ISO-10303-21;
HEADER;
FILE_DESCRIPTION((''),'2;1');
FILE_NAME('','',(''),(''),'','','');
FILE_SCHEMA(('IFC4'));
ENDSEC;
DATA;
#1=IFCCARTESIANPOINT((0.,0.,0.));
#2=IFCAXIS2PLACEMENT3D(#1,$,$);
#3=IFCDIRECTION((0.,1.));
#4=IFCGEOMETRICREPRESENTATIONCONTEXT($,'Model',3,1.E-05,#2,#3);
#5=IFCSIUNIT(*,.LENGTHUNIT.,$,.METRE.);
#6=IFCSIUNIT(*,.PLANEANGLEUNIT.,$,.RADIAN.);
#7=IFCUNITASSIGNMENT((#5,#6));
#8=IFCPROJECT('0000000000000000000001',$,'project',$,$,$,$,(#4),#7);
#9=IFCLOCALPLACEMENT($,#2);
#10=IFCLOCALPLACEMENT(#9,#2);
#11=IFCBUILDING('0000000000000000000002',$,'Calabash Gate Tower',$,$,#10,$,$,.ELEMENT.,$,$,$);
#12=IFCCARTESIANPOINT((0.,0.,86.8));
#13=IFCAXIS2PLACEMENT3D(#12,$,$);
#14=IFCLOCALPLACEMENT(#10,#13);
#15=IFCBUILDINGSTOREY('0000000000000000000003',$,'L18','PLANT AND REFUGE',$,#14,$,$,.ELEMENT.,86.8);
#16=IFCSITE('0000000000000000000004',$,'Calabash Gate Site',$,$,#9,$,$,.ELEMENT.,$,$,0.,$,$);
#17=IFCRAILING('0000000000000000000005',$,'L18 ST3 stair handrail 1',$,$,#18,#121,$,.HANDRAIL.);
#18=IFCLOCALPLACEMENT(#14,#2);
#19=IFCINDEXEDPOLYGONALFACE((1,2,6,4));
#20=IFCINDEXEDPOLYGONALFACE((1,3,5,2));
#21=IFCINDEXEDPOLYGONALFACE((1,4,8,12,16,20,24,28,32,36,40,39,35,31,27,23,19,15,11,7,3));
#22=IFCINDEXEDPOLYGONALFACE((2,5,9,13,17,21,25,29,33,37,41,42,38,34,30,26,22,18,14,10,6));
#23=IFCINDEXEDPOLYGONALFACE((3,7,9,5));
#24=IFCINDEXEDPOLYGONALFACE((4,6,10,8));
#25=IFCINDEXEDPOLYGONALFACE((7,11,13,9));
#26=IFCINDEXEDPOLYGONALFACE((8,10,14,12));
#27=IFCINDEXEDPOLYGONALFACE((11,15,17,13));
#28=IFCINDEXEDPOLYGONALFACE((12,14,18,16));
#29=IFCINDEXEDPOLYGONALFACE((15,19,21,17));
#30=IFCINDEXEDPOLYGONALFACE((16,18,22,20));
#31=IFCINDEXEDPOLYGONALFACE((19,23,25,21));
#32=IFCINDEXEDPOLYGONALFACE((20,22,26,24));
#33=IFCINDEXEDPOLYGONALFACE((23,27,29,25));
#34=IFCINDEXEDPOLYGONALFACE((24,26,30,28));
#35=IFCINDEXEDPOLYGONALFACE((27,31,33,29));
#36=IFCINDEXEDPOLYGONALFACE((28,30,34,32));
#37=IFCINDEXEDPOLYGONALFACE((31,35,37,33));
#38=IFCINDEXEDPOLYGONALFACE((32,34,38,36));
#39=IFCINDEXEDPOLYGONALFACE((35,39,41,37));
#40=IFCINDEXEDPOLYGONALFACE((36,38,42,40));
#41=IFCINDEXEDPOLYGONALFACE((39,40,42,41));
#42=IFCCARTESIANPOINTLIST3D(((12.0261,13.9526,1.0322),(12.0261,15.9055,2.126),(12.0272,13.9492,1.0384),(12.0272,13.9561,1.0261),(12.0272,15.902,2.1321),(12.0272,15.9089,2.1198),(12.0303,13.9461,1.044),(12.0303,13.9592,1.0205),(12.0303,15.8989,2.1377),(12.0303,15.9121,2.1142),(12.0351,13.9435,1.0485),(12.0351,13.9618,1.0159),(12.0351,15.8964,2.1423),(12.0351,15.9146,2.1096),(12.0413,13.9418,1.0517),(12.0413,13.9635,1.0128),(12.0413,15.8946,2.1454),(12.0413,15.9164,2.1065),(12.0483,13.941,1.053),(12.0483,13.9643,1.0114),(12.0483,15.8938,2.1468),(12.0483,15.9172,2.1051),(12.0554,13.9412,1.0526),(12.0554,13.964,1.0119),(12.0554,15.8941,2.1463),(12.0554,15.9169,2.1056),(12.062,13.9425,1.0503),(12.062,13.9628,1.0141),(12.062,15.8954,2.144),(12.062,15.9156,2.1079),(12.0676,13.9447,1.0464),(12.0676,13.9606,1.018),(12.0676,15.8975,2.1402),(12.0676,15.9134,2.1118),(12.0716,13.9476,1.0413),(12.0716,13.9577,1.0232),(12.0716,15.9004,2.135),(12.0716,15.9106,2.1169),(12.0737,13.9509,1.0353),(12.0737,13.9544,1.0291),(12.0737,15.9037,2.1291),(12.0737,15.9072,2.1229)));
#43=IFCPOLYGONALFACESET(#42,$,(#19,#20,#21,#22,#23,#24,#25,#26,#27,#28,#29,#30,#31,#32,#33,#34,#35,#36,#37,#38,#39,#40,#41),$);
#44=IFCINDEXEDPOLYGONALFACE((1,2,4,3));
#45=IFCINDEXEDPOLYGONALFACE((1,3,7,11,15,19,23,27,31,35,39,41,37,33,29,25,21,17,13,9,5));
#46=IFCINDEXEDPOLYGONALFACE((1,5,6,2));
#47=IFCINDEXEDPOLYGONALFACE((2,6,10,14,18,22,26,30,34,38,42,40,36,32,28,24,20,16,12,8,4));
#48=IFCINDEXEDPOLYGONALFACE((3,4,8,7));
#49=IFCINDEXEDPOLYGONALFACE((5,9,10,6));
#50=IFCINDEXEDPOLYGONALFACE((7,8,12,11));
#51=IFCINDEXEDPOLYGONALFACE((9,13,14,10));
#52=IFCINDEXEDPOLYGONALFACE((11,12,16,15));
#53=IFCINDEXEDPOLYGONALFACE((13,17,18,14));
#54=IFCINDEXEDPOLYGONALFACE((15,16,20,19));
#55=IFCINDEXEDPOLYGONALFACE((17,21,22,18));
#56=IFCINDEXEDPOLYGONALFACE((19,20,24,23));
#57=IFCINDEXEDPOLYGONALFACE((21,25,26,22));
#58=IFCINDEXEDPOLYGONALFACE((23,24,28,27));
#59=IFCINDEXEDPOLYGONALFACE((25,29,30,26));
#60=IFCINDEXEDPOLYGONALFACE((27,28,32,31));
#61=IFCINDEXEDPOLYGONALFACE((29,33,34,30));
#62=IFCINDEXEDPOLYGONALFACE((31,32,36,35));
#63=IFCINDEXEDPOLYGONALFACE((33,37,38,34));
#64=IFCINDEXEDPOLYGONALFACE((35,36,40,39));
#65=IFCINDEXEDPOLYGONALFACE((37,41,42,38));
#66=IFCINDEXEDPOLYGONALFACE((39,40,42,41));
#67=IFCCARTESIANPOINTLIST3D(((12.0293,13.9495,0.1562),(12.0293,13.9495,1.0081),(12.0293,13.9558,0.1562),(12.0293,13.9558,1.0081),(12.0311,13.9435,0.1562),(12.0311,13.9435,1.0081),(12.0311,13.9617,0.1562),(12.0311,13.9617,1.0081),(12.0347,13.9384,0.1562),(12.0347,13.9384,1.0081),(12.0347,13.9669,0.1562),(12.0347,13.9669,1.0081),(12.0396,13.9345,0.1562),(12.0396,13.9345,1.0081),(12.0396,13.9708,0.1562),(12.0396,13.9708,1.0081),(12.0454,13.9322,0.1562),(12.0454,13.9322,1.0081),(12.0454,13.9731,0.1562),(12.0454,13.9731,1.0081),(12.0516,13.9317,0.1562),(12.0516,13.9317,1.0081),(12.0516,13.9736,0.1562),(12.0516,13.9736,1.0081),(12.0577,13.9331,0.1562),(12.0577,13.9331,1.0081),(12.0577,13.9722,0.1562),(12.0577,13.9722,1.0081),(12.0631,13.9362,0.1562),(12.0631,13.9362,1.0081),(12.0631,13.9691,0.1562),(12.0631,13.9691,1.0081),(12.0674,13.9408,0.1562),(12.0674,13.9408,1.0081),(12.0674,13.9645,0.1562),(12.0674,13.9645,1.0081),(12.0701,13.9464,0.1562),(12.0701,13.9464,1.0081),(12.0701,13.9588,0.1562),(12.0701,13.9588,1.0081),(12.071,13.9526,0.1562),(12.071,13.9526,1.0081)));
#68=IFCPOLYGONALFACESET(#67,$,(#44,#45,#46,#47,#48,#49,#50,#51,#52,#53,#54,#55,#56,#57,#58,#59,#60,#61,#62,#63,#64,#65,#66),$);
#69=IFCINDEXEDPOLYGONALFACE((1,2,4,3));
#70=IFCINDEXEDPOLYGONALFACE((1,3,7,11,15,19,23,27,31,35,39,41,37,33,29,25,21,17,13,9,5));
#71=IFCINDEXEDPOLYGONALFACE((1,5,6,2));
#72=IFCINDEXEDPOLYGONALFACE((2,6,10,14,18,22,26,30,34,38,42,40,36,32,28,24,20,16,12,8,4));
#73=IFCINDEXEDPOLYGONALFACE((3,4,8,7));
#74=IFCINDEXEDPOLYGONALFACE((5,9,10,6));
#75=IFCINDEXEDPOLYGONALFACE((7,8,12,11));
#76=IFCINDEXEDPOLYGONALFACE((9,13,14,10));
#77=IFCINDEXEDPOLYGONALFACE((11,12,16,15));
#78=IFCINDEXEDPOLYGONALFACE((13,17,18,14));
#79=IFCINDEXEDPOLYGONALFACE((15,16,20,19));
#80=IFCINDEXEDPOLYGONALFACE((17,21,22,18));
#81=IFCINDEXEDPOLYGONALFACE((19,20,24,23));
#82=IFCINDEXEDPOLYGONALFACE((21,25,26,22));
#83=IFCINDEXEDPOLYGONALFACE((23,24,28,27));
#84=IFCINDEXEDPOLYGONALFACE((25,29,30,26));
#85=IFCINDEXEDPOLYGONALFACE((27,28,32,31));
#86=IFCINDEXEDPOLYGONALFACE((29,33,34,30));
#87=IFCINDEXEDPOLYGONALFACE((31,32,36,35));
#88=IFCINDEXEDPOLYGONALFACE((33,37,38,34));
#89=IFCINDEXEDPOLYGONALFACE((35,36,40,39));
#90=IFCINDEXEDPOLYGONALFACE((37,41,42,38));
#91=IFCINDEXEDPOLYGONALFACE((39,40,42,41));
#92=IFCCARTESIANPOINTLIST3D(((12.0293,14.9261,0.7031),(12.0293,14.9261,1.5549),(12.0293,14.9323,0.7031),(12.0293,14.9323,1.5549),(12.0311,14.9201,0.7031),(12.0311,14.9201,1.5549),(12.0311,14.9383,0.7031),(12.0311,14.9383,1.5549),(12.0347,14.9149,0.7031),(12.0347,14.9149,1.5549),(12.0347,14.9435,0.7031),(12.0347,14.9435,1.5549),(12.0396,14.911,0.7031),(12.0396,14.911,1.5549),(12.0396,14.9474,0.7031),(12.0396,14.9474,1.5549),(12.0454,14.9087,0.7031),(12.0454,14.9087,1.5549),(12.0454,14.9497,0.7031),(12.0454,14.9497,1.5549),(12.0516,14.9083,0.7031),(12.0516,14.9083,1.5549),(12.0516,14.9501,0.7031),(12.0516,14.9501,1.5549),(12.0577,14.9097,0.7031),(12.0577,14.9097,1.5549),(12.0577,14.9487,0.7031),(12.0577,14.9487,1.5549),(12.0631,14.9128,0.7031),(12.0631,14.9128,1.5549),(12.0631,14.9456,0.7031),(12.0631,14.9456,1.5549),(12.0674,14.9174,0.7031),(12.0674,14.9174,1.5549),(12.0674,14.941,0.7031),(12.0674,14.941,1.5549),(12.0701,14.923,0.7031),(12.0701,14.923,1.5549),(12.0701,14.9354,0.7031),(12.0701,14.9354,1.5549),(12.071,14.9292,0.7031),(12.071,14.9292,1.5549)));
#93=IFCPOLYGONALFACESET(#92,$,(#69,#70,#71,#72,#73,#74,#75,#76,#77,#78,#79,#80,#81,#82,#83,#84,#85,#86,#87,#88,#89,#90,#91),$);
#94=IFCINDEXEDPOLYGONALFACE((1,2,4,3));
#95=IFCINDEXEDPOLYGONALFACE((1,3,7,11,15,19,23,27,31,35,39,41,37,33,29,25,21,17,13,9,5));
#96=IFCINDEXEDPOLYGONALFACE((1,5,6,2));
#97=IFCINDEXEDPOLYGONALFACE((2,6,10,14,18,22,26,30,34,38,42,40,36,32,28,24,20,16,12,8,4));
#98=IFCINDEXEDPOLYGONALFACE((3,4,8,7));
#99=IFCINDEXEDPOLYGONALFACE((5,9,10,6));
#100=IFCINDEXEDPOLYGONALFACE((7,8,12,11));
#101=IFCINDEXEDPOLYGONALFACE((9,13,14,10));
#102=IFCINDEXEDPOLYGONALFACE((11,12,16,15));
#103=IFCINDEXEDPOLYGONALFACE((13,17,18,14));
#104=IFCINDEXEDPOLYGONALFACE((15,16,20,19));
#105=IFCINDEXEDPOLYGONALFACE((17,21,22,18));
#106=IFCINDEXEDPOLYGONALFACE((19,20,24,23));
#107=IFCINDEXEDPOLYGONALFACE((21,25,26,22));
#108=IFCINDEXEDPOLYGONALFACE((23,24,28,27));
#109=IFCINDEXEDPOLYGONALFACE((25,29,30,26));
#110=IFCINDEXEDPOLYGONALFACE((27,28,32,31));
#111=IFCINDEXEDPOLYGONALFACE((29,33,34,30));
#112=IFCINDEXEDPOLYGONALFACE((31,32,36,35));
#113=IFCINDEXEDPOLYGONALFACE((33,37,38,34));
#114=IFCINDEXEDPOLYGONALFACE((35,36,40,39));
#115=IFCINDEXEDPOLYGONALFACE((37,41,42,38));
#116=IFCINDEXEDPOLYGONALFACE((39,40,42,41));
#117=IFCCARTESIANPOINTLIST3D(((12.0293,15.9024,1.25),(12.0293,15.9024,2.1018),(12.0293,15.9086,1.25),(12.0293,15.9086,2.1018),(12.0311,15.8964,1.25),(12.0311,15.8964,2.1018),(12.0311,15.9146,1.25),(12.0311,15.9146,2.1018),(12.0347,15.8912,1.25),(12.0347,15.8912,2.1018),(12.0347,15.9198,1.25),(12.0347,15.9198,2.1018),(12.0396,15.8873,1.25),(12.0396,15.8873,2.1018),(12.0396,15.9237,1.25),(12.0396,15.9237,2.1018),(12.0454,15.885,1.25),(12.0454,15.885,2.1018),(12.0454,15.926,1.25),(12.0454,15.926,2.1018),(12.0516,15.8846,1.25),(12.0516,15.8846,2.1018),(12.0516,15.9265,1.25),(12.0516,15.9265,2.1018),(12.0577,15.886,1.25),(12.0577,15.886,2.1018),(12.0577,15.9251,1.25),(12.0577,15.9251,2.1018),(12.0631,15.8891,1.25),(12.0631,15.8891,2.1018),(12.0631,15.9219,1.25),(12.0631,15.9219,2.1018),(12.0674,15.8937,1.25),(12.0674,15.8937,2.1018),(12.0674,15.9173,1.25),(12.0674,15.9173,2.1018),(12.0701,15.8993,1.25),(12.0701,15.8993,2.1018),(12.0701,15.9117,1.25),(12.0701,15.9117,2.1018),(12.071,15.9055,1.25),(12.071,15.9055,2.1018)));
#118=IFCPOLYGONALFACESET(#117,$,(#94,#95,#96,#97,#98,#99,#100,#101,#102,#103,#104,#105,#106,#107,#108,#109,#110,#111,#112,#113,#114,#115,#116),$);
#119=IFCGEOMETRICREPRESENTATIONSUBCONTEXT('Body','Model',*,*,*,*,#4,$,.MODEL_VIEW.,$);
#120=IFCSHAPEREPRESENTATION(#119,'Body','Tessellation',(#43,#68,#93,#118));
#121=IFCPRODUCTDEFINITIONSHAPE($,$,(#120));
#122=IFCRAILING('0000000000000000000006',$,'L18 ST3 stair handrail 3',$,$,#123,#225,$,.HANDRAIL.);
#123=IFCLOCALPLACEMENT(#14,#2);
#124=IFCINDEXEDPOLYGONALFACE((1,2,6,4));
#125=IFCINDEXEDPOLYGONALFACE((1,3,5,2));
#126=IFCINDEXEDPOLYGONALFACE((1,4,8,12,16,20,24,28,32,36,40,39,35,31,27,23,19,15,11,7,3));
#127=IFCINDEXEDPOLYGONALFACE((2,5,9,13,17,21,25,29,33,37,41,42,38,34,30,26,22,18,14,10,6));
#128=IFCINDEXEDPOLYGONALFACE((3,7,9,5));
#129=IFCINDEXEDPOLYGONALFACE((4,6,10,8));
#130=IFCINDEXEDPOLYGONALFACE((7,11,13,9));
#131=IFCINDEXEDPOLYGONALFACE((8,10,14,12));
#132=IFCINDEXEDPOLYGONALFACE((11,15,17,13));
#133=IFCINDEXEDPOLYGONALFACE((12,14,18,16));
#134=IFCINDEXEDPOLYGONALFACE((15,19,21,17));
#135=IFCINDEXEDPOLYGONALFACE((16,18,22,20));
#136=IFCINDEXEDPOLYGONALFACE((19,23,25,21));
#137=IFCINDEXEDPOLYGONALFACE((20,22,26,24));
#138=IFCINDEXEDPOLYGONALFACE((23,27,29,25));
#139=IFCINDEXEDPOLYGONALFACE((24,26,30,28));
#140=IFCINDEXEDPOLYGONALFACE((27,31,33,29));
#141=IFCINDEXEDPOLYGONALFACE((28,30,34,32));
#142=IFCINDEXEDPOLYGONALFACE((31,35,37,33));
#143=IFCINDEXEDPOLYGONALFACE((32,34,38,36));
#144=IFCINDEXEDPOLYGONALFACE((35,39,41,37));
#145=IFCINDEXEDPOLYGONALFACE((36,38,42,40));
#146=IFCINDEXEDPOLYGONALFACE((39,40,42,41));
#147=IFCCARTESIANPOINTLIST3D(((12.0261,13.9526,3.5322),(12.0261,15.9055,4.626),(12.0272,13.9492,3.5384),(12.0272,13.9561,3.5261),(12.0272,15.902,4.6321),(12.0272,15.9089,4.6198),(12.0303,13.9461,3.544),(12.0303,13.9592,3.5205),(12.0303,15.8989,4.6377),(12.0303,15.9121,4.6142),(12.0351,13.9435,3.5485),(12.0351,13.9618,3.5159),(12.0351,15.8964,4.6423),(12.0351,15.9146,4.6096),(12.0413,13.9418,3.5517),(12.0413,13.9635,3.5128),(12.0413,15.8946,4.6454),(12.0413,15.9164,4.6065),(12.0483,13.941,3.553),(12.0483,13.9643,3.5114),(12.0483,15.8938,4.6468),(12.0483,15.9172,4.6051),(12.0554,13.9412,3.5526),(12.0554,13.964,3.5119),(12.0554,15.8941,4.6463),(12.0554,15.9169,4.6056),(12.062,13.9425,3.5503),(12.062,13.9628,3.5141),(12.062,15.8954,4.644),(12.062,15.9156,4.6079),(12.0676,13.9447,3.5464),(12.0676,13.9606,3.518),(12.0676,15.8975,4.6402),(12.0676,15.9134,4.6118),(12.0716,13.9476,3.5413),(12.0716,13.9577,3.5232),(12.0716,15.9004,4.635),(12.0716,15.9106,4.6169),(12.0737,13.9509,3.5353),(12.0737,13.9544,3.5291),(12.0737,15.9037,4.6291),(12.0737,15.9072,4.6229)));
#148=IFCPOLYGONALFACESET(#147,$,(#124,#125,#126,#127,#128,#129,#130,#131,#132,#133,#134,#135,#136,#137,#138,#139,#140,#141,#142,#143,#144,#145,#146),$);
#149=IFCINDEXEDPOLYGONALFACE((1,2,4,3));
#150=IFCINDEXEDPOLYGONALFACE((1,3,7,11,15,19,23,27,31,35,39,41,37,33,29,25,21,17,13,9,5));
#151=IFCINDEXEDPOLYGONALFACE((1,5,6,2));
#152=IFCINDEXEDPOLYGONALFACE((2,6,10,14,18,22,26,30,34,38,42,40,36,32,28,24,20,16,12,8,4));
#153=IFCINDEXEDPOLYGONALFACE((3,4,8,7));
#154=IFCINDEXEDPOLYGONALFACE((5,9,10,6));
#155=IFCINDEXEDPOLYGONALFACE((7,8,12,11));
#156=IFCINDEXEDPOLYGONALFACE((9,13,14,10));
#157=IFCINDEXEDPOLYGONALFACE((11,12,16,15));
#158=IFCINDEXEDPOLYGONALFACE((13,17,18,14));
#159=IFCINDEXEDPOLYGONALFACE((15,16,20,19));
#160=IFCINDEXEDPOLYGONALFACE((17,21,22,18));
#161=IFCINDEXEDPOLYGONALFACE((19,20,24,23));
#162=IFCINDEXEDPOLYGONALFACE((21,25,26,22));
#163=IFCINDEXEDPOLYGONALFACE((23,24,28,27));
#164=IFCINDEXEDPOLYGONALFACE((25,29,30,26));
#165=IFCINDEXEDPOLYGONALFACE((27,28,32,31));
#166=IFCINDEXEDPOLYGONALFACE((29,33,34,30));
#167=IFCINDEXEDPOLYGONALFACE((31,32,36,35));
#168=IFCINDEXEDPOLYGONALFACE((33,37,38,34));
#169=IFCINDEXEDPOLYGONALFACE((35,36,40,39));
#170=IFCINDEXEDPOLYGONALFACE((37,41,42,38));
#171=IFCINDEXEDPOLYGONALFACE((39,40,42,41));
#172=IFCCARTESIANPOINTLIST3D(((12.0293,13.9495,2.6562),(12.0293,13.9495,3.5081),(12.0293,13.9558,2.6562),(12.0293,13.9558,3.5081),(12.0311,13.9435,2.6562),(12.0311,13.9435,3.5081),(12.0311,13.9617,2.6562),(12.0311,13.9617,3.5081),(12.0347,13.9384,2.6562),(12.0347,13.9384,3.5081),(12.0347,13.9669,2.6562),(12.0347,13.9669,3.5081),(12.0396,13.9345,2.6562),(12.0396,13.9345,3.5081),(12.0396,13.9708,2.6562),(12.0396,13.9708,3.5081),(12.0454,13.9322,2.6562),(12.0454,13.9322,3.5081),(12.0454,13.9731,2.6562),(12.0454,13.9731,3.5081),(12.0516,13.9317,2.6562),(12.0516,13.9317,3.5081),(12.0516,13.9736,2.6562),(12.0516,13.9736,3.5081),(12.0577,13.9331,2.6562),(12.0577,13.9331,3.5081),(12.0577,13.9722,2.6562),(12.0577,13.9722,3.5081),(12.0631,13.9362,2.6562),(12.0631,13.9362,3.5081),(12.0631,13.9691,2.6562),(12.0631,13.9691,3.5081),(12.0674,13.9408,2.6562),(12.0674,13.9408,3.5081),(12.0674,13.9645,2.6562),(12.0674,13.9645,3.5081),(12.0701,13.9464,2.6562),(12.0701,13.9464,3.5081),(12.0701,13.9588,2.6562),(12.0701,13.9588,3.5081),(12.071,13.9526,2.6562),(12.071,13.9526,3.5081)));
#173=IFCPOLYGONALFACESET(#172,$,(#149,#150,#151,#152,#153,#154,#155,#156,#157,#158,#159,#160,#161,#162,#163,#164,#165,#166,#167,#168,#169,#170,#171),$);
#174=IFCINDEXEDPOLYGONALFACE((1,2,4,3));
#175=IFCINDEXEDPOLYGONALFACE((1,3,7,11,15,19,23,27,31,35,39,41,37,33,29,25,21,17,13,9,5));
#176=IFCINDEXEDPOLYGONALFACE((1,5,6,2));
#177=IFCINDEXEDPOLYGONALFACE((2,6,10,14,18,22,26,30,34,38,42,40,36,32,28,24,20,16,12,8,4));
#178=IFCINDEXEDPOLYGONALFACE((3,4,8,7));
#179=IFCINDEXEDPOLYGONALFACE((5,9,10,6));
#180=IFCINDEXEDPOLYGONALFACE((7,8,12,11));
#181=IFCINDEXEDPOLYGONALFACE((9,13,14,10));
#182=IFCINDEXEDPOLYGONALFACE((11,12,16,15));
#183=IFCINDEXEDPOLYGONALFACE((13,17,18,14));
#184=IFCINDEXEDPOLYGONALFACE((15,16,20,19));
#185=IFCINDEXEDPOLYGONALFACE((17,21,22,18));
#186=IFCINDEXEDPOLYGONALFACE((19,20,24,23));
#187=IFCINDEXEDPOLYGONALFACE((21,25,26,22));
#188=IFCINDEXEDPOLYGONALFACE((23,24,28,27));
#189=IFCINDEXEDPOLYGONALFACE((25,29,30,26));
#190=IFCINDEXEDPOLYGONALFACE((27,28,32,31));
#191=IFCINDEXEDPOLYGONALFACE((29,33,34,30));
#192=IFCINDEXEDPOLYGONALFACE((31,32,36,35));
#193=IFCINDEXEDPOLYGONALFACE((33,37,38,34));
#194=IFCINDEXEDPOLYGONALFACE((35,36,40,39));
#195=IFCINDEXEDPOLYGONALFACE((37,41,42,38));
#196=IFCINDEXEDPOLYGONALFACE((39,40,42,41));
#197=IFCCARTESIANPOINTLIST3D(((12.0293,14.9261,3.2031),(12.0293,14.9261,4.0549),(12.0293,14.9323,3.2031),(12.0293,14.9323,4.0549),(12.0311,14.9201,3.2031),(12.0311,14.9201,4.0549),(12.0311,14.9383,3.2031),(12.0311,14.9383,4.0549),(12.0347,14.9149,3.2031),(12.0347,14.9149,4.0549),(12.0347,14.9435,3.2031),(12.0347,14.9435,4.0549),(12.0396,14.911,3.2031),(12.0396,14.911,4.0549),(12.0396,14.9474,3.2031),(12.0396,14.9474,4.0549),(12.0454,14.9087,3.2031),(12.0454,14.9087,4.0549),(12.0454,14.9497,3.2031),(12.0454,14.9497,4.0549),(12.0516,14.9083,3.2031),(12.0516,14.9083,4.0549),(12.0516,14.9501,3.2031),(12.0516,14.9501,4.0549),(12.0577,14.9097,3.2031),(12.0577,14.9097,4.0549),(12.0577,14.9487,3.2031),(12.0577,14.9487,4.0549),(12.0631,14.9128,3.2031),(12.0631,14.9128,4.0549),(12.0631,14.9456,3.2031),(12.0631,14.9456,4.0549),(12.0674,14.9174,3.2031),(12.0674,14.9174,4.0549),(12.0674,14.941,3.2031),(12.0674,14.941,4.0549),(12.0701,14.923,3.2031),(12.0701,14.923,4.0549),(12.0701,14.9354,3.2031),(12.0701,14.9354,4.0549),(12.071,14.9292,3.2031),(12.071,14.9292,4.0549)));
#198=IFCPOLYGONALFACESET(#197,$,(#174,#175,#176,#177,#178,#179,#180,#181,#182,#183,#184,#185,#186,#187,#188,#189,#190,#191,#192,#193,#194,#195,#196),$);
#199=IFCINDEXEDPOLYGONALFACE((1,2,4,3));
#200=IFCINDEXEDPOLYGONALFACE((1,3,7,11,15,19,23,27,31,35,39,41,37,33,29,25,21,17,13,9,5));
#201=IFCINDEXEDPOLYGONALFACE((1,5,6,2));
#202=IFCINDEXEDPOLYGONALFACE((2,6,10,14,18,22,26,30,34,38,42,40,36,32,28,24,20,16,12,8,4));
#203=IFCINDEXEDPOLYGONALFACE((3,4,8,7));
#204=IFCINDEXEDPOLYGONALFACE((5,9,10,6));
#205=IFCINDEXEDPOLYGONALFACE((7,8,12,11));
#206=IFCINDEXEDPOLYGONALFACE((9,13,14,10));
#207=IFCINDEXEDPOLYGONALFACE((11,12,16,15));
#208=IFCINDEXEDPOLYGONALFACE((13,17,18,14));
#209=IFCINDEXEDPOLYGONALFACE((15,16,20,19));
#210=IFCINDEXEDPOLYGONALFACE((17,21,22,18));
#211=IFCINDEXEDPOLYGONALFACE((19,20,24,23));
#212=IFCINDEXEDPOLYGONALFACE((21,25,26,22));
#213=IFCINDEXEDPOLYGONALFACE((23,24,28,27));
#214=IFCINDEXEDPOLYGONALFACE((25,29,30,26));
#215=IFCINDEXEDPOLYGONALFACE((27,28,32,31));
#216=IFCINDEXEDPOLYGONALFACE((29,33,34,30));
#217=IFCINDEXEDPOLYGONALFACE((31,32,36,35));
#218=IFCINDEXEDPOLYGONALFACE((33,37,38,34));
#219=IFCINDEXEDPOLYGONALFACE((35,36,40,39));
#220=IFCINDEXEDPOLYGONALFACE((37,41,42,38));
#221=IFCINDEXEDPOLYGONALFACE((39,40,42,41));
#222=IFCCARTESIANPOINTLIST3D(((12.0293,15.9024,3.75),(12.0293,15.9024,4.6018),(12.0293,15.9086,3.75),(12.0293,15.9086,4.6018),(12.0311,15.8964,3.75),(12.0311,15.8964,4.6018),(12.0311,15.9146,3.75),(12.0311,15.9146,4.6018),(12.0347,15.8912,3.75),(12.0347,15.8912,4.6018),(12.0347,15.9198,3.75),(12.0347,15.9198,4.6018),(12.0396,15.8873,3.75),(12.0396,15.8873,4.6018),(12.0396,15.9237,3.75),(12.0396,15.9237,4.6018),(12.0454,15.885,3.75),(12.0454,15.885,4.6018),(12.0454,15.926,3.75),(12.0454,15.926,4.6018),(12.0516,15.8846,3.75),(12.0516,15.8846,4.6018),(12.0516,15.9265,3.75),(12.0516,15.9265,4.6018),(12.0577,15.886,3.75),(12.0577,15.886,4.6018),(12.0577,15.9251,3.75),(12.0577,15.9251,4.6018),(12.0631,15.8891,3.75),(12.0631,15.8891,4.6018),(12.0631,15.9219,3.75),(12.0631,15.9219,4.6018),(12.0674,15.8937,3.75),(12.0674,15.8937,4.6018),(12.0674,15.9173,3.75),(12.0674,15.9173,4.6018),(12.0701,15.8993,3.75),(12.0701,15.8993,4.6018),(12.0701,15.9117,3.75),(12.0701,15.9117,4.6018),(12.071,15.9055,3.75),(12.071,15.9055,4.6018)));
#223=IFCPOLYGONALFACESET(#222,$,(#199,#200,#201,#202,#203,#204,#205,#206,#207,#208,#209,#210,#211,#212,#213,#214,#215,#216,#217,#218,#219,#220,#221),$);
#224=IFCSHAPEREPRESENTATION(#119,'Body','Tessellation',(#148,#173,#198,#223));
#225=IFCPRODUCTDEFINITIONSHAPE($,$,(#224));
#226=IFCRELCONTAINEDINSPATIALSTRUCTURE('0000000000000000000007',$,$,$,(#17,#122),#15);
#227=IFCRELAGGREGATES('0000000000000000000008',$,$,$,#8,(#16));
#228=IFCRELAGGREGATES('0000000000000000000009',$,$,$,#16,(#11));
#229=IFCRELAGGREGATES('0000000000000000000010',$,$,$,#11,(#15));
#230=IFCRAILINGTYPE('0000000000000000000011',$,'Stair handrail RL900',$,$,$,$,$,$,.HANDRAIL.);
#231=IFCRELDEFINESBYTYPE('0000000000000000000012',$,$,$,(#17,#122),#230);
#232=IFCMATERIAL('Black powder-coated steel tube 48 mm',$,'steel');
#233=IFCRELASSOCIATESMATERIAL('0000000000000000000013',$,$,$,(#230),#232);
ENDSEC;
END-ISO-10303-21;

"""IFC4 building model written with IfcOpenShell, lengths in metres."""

from ifc_helpers import new_model, si_unit, direction, frame, origin, origin_2d, place, context, subcontext, project, spatial, circle, extrude, material, type_object, element, save


model = new_model("IFC4")

# Units and contexts
model_context = context("Model", 3, precision=1e-05, world=origin(), true_north=direction((0.0, 1.0)))
body_context = subcontext(model_context, "Body", "Model", "MODEL_VIEW")
ifc_project = project(units=[si_unit("LENGTHUNIT", "METRE"), si_unit("PLANEANGLEUNIT", "RADIAN")], contexts=[model_context])

# Site, building, storey
site_placement = place(None, origin())
site = spatial("IfcSite", under=ifc_project, at=site_placement, Name="Calabash Gate Site", CompositionType="ELEMENT", RefElevation=0.0)
building_placement = place(site_placement, origin())
building = spatial("IfcBuilding", under=site, at=building_placement, Name="Calabash Gate Tower", CompositionType="ELEMENT")
storey_placement = place(building_placement, frame((0.0, 0.0, 86.8)))
storey = spatial("IfcBuildingStorey", under=building, at=storey_placement, Name="L18", Description="PLANT AND REFUGE", CompositionType="ELEMENT", Elevation=86.8)

# Railings
ifc_material_1 = material(Name="Black powder-coated steel tube 48 mm", Category="steel")
railing_type = type_object("IfcRailingType", Name="Stair handrail RL900", PredefinedType="HANDRAIL", material=ifc_material_1)
for number, where, name in (
    (1, (12.05, 13.9526, 0.1562), "L18 ST3 stair handrail 1"),
    (2, (12.05, 13.9526, 2.6562), "L18 ST3 stair handrail 3"),
):
    element("IfcRailing", number, at=place(storey_placement, frame(where)), inside=storey, type_object=railing_type, Name=name, PredefinedType="HANDRAIL", context=body_context, shape_type="SweptSolid", body=[
        extrude(circle(Radius=0.0239, at=origin_2d()), frame((0.0, 0.0, 0.876), z_axis=(0.0, 0.87248, 0.48865), x_axis=(-1.0, 0.0, 0.0)), (0.0, 0.0, 1.0), 2.2383),
        extrude(circle(Radius=0.021, at=origin_2d()), origin(), (0.0, 0.0, 1.0), 0.8518),
        extrude(circle(Radius=0.021, at=origin_2d()), frame((0.0, 0.9766, 0.5469)), (0.0, 0.0, 1.0), 0.8518),
        extrude(circle(Radius=0.021, at=origin_2d()), frame((0.0, 1.9529, 1.0938)), (0.0, 0.0, 1.0), 0.8518),
    ])

save(model, "model.ifc")
